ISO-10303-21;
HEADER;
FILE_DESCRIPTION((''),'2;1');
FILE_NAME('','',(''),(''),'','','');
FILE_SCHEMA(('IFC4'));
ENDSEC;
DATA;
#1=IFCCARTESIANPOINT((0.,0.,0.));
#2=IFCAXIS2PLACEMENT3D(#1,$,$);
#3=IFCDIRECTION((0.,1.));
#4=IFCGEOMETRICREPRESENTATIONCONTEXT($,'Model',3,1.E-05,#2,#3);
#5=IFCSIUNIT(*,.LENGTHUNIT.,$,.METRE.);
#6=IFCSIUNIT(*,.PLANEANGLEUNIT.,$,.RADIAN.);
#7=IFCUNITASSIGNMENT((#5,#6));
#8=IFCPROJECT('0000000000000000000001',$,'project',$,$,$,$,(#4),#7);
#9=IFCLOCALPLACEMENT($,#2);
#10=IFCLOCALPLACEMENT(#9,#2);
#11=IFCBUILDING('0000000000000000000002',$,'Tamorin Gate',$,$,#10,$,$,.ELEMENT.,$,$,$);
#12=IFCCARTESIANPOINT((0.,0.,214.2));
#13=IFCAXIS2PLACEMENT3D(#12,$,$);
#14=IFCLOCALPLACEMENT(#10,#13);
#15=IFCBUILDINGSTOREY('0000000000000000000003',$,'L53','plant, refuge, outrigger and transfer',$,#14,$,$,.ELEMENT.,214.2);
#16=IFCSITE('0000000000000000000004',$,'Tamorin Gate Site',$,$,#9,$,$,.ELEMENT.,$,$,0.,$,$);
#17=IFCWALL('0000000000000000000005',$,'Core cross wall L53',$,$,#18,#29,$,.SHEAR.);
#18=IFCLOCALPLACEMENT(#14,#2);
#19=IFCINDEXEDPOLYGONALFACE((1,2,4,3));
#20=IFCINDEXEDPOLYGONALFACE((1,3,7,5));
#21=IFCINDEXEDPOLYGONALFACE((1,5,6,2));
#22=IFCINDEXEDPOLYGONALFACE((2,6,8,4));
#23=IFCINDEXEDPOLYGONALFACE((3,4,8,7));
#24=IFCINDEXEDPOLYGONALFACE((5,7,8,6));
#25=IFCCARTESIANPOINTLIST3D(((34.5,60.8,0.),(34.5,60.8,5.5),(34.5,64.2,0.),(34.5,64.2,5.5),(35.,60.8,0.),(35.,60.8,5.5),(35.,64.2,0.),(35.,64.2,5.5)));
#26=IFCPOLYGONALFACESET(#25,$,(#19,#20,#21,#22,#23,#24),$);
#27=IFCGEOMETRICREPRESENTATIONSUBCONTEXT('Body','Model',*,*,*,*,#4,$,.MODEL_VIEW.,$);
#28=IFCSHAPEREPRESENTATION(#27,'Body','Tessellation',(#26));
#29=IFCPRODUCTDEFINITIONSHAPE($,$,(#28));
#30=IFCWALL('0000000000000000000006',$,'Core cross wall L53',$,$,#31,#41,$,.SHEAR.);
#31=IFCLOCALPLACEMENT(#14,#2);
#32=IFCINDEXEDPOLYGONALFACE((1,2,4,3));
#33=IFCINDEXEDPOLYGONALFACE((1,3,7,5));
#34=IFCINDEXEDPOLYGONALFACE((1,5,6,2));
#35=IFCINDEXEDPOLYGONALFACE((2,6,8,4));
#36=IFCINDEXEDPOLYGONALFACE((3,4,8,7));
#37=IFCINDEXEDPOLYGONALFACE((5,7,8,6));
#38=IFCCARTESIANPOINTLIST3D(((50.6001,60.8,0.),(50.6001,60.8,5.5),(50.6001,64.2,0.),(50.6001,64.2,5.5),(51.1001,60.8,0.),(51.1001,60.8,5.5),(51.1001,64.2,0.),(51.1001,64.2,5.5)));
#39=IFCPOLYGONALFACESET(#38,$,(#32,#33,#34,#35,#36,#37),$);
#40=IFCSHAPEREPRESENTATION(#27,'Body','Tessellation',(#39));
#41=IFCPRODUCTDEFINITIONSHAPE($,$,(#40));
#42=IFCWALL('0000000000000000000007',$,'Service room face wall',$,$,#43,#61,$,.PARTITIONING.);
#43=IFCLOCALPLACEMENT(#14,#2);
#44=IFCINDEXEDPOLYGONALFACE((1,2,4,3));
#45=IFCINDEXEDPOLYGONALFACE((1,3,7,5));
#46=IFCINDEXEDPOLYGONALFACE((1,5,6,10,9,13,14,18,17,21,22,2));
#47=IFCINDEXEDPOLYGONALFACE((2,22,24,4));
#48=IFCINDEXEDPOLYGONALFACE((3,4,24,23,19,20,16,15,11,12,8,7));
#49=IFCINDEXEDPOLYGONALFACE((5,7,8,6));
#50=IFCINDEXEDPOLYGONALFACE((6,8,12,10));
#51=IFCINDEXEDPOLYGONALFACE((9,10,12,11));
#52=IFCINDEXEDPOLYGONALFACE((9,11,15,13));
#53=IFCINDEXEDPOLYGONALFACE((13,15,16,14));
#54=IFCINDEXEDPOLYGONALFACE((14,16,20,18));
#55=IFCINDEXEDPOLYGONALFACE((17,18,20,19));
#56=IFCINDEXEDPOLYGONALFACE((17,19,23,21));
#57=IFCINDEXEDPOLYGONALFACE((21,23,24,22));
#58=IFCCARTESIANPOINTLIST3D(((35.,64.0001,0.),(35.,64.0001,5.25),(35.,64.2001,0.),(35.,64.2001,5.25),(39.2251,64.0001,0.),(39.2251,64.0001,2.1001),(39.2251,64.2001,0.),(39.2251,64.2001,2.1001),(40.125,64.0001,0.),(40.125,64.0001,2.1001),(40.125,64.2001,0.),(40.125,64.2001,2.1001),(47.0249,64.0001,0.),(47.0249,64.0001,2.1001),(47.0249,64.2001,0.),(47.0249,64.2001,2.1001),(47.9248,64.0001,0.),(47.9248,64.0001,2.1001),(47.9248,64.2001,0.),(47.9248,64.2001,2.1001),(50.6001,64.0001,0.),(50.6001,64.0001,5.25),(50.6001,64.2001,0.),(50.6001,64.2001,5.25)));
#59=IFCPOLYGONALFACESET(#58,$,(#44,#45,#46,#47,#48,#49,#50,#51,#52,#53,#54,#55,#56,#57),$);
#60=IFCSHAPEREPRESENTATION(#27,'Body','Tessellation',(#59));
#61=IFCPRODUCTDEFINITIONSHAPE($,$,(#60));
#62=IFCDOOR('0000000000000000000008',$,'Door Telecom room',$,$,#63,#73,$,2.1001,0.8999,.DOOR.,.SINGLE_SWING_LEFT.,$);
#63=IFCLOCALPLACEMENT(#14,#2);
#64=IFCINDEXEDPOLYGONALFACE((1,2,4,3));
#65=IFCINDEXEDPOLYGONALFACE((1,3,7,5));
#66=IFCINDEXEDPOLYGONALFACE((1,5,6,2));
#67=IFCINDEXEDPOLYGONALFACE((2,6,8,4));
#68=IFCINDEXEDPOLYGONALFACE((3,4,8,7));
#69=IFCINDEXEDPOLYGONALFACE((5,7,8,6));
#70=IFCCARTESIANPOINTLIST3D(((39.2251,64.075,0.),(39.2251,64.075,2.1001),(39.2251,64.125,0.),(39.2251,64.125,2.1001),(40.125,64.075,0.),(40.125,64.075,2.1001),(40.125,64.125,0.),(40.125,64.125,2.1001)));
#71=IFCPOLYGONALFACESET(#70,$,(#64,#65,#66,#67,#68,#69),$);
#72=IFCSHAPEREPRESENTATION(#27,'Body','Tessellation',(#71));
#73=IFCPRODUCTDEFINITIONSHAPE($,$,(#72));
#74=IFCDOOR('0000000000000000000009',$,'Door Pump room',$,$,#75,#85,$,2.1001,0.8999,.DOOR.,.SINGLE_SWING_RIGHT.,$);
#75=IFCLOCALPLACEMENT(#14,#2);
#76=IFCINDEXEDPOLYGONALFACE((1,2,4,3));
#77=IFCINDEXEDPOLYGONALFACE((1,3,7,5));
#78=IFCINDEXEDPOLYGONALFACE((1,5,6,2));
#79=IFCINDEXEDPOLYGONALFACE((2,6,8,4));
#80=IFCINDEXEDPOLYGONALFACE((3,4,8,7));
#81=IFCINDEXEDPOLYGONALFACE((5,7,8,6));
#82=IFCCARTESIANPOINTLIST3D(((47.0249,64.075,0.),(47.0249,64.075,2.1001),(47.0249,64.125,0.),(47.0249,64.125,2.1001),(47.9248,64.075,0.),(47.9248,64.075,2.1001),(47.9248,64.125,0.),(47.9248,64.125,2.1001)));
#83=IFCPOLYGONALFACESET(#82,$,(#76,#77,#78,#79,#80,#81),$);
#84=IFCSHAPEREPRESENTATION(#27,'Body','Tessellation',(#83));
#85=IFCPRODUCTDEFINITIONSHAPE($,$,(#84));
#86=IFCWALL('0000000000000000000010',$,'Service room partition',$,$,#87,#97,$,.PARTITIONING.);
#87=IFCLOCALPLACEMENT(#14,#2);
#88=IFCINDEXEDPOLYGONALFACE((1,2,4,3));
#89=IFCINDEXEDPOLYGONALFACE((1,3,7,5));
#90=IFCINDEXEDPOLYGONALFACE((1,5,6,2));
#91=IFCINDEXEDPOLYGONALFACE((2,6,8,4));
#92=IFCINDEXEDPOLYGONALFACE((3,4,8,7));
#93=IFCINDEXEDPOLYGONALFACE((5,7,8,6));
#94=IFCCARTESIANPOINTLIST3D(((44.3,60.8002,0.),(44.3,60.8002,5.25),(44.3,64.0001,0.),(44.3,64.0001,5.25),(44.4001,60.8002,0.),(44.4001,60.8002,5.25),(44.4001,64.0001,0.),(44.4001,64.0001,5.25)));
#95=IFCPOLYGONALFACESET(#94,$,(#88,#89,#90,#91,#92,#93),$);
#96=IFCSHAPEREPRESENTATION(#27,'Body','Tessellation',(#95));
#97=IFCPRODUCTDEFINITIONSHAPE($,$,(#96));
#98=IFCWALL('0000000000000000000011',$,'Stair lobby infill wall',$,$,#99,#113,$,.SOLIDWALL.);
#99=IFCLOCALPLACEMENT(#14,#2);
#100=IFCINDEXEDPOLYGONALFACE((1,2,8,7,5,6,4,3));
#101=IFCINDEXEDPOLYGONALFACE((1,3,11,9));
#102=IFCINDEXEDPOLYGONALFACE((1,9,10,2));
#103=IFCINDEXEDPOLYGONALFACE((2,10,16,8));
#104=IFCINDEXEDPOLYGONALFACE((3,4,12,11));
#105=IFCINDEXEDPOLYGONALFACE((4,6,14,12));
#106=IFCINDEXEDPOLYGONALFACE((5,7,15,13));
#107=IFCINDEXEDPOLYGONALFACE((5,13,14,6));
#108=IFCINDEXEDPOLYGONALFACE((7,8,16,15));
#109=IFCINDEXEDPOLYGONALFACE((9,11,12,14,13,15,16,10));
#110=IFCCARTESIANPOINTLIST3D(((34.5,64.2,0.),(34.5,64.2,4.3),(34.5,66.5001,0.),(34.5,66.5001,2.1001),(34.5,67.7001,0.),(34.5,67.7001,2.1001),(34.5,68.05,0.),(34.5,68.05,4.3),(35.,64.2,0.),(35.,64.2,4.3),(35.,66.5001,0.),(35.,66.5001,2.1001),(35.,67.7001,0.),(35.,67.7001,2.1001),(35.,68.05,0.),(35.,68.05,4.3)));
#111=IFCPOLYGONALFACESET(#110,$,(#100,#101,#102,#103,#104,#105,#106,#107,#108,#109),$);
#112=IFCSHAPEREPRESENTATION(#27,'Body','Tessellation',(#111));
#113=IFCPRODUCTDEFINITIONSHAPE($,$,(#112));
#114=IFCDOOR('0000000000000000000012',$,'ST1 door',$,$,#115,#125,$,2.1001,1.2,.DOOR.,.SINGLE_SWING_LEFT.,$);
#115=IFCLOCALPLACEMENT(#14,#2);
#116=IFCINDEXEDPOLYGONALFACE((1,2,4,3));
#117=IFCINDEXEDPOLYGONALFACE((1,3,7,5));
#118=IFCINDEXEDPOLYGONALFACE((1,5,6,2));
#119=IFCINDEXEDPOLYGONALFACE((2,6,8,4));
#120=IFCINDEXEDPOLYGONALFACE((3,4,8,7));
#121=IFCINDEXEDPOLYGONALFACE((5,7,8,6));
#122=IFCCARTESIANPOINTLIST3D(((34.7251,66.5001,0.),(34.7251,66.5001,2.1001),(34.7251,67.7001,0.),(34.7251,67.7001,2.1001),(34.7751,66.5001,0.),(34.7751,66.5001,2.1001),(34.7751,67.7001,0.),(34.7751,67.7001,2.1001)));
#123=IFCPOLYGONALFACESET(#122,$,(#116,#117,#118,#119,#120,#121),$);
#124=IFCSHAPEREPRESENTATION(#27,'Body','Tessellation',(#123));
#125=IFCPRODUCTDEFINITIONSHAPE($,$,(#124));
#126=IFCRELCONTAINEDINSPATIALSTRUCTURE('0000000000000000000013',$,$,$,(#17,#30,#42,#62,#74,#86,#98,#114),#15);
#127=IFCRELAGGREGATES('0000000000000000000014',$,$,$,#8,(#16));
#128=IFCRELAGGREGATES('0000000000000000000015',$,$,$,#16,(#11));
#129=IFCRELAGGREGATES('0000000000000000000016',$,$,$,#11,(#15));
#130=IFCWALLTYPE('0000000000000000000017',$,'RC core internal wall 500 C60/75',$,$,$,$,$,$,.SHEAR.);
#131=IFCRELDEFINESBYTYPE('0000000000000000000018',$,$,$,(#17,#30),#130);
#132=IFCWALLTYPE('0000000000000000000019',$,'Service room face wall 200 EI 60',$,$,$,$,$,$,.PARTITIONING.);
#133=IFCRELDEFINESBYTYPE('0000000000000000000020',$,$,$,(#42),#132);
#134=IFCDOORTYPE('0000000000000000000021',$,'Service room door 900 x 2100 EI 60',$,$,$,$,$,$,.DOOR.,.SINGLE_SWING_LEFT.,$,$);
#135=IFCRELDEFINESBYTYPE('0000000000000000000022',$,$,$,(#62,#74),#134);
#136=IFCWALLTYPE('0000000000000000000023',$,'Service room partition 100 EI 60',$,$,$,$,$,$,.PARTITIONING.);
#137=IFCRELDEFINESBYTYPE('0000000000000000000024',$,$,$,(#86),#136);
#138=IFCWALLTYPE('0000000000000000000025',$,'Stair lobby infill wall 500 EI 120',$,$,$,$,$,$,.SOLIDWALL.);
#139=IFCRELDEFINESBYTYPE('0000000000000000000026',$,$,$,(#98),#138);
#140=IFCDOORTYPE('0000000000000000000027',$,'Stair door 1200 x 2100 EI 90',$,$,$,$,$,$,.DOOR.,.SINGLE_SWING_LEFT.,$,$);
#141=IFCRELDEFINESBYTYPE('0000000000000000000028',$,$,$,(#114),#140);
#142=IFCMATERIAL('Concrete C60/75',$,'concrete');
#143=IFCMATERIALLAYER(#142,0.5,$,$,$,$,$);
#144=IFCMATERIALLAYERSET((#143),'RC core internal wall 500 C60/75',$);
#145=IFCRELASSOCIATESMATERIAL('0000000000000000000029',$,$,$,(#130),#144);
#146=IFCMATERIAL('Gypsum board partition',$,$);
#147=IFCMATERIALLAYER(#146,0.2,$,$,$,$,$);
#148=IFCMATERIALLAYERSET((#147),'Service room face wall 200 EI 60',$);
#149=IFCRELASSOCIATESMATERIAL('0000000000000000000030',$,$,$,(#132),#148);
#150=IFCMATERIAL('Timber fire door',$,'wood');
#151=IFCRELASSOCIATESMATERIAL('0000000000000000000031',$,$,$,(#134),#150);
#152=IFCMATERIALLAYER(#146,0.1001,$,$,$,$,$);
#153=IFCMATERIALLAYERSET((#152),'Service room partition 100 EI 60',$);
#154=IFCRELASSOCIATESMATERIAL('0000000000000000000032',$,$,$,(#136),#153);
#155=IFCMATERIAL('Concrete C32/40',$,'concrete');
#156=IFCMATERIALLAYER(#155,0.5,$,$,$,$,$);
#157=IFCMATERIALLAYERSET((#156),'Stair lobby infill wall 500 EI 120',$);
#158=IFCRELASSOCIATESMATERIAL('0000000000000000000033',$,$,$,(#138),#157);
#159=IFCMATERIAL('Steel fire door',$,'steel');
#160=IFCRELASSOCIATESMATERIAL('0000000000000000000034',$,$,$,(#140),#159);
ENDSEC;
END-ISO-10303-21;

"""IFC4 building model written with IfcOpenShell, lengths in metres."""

from ifc_helpers import new_model, si_unit, direction, frame, frame_2d, origin, place, context, subcontext, project, spatial, rectangle, extrude, material, layer, layer_set, type_object, element, fill, save


model = new_model("IFC4")

# Units and contexts
model_context = context("Model", 3, precision=1e-05, world=origin(), true_north=direction((0.0, 1.0)))
body_context = subcontext(model_context, "Body", "Model", "MODEL_VIEW")
ifc_project = project(units=[si_unit("LENGTHUNIT", "METRE"), si_unit("PLANEANGLEUNIT", "RADIAN")], contexts=[model_context])

# Site, building, storey
site_placement = place(None, origin())
site = spatial("IfcSite", under=ifc_project, at=site_placement, Name="Tamorin Gate Site", CompositionType="ELEMENT", RefElevation=0.0)
building_placement = place(site_placement, origin())
building = spatial("IfcBuilding", under=site, at=building_placement, Name="Tamorin Gate", CompositionType="ELEMENT")
storey_placement = place(building_placement, frame((0.0, 0.0, 214.2)))
storey = spatial("IfcBuildingStorey", under=building, at=storey_placement, Name="L53", Description="plant, refuge, outrigger and transfer", CompositionType="ELEMENT", Elevation=214.2)

# Shared definitions
ifc_material_1 = material(Name="Concrete C60/75", Category="concrete")

# Shared definitions
ifc_material_2 = material(Name="Gypsum board partition")

# Walls
ifc_layer_1 = layer(ifc_material_1, 0.5)
ifc_layer_set_1 = layer_set([ifc_layer_1], Name="RC core internal wall 500 C60/75")
wall_type_1 = type_object("IfcWallType", Name="RC core internal wall 500 C60/75", PredefinedType="SHEAR", material=ifc_layer_set_1)
for number, where, z_axis, x_axis, name in (
    (1, (34.75, 60.8, 0.0), (0.0, 0.0, 1.0), (0.0, 1.0, 0.0), "Core cross wall L53"),
    (2, (50.8501, 60.8, 0.0), (0.0, 0.0, 1.0), (0.0, 1.0, 0.0), "Core cross wall L53"),
):
    element("IfcWall", number, at=place(storey_placement, frame(where, z_axis=z_axis, x_axis=x_axis)), inside=storey, type_object=wall_type_1, Name=name, PredefinedType="SHEAR", context=body_context, shape_type="SweptSolid", body=[
        extrude(rectangle(XDim=3.3999, YDim=0.5, at=frame_2d((1.7, 0.0))), origin(), (0.0, 0.0, 1.0), 5.5),
    ])

# Wall, openings, doors
ifc_layer_2 = layer(ifc_material_2, 0.2)
ifc_layer_set_2 = layer_set([ifc_layer_2], Name="Service room face wall 200 EI 60")
wall_type_2 = type_object("IfcWallType", Name="Service room face wall 200 EI 60", PredefinedType="PARTITIONING", material=ifc_layer_set_2)
wall_1_placement = place(storey_placement, frame((35.0, 64.1001, 0.0), z_axis=(0.0, 0.0, 1.0), x_axis=(1.0, 0.0, 0.0)))
wall_1 = element("IfcWall", 3, at=wall_1_placement, inside=storey, type_object=wall_type_2, Name="Service room face wall", PredefinedType="PARTITIONING", context=body_context, shape_type="SweptSolid", body=[
    extrude(rectangle(XDim=15.6001, YDim=0.2, at=frame_2d((7.8, 0.0))), origin(), (0.0, 0.0, 1.0), 5.25),
])
opening_1_placement = place(wall_1_placement, frame((4.2251, 0.0, 0.0)))
opening_1 = element("IfcOpeningElement", 4, at=opening_1_placement, cuts=wall_1, PredefinedType="OPENING", context=body_context, shape_type="SweptSolid", body=[
    extrude(rectangle(XDim=0.8999, YDim=2.1001, at=frame_2d((0.45, 1.05))), frame((0.0, 0.1099, 0.0), z_axis=(0.0, -1.0, 0.0), x_axis=(1.0, 0.0, 0.0)), (0.0, 0.0, 1.0), 0.22),
])
opening_2_placement = place(wall_1_placement, frame((12.0249, 0.0, 0.0)))
opening_2 = element("IfcOpeningElement", 5, at=opening_2_placement, cuts=wall_1, PredefinedType="OPENING", context=body_context, shape_type="SweptSolid", body=[
    extrude(rectangle(XDim=0.8999, YDim=2.1001, at=frame_2d((0.45, 1.05))), frame((0.0, 0.1099, 0.0), z_axis=(0.0, -1.0, 0.0), x_axis=(1.0, 0.0, 0.0)), (0.0, 0.0, 1.0), 0.22),
])
ifc_material_3 = material(Name="Timber fire door", Category="wood")
door_type_1 = type_object("IfcDoorType", Name="Service room door 900 x 2100 EI 60", OperationType="SINGLE_SWING_LEFT", PredefinedType="DOOR", material=ifc_material_3)
door_1_placement = place(opening_1_placement, origin())
door_1 = element("IfcDoor", 6, at=door_1_placement, inside=storey, type_object=door_type_1, Name="Door Telecom room", OperationType="SINGLE_SWING_LEFT", OverallHeight=2.1001, OverallWidth=0.8999, PredefinedType="DOOR", context=body_context, shape_type="SweptSolid", body=[
    extrude(rectangle(XDim=0.8999, YDim=2.1001, at=frame_2d((0.45, 1.05))), frame((0.0, 0.0249, 0.0), z_axis=(0.0, -1.0, 0.0), x_axis=(1.0, 0.0, 0.0)), (0.0, 0.0, 1.0), 0.05),
])
fill(opening_1, door_1)
door_2_placement = place(opening_2_placement, origin())
door_2 = element("IfcDoor", 7, at=door_2_placement, inside=storey, type_object=door_type_1, Name="Door Pump room", OperationType="SINGLE_SWING_RIGHT", OverallHeight=2.1001, OverallWidth=0.8999, PredefinedType="DOOR", context=body_context, shape_type="SweptSolid", body=[
    extrude(rectangle(XDim=0.8999, YDim=2.1001, at=frame_2d((0.45, 1.05))), frame((0.0, 0.0249, 0.0), z_axis=(0.0, -1.0, 0.0), x_axis=(1.0, 0.0, 0.0)), (0.0, 0.0, 1.0), 0.05),
])
fill(opening_2, door_2)

# Wall
ifc_layer_3 = layer(ifc_material_2, 0.1001)
ifc_layer_set_3 = layer_set([ifc_layer_3], Name="Service room partition 100 EI 60")
wall_type_3 = type_object("IfcWallType", Name="Service room partition 100 EI 60", PredefinedType="PARTITIONING", material=ifc_layer_set_3)
wall_2_placement = place(storey_placement, frame((44.3501, 60.8, 0.0), z_axis=(0.0, 0.0, 1.0), x_axis=(0.0, 1.0, 0.0)))
element("IfcWall", 8, at=wall_2_placement, inside=storey, type_object=wall_type_3, Name="Service room partition", PredefinedType="PARTITIONING", context=body_context, shape_type="SweptSolid", body=[
    extrude(rectangle(XDim=3.2, YDim=0.1001, at=frame_2d((1.6001, 0.0))), origin(), (0.0, 0.0, 1.0), 5.25),
])

# Wall, opening, door
ifc_material_4 = material(Name="Concrete C32/40", Category="concrete")
ifc_layer_4 = layer(ifc_material_4, 0.5)
ifc_layer_set_4 = layer_set([ifc_layer_4], Name="Stair lobby infill wall 500 EI 120")
wall_type_4 = type_object("IfcWallType", Name="Stair lobby infill wall 500 EI 120", PredefinedType="SOLIDWALL", material=ifc_layer_set_4)
wall_3_placement = place(storey_placement, frame((34.75, 64.2, 0.0), z_axis=(0.0, 0.0, 1.0), x_axis=(0.0, 1.0, 0.0)))
wall_3 = element("IfcWall", 9, at=wall_3_placement, inside=storey, type_object=wall_type_4, Name="Stair lobby infill wall", PredefinedType="SOLIDWALL", context=body_context, shape_type="SweptSolid", body=[
    extrude(rectangle(XDim=3.8501, YDim=0.5, at=frame_2d((1.925, 0.0))), origin(), (0.0, 0.0, 1.0), 4.3),
])
opening_3_placement = place(wall_3_placement, frame((2.3, 0.0, 0.0)))
opening_3 = element("IfcOpeningElement", 10, at=opening_3_placement, cuts=wall_3, PredefinedType="OPENING", context=body_context, shape_type="SweptSolid", body=[
    extrude(rectangle(XDim=1.2, YDim=2.1001, at=frame_2d((0.6001, 1.05))), frame((0.0, 0.26, 0.0), z_axis=(0.0, -1.0, 0.0), x_axis=(1.0, 0.0, 0.0)), (0.0, 0.0, 1.0), 0.52),
])
ifc_material_5 = material(Name="Steel fire door", Category="steel")
door_type_2 = type_object("IfcDoorType", Name="Stair door 1200 x 2100 EI 90", OperationType="SINGLE_SWING_LEFT", PredefinedType="DOOR", material=ifc_material_5)
door_3_placement = place(opening_3_placement, origin())
door_3 = element("IfcDoor", 11, at=door_3_placement, inside=storey, type_object=door_type_2, Name="ST1 door", OperationType="SINGLE_SWING_LEFT", OverallHeight=2.1001, OverallWidth=1.2, PredefinedType="DOOR", context=body_context, shape_type="SweptSolid", body=[
    extrude(rectangle(XDim=1.2, YDim=2.1001, at=frame_2d((0.6001, 1.05))), frame((0.0, 0.0249, 0.0), z_axis=(0.0, -1.0, 0.0), x_axis=(1.0, 0.0, 0.0)), (0.0, 0.0, 1.0), 0.05),
])
fill(opening_3, door_3)

save(model, "model.ifc")
